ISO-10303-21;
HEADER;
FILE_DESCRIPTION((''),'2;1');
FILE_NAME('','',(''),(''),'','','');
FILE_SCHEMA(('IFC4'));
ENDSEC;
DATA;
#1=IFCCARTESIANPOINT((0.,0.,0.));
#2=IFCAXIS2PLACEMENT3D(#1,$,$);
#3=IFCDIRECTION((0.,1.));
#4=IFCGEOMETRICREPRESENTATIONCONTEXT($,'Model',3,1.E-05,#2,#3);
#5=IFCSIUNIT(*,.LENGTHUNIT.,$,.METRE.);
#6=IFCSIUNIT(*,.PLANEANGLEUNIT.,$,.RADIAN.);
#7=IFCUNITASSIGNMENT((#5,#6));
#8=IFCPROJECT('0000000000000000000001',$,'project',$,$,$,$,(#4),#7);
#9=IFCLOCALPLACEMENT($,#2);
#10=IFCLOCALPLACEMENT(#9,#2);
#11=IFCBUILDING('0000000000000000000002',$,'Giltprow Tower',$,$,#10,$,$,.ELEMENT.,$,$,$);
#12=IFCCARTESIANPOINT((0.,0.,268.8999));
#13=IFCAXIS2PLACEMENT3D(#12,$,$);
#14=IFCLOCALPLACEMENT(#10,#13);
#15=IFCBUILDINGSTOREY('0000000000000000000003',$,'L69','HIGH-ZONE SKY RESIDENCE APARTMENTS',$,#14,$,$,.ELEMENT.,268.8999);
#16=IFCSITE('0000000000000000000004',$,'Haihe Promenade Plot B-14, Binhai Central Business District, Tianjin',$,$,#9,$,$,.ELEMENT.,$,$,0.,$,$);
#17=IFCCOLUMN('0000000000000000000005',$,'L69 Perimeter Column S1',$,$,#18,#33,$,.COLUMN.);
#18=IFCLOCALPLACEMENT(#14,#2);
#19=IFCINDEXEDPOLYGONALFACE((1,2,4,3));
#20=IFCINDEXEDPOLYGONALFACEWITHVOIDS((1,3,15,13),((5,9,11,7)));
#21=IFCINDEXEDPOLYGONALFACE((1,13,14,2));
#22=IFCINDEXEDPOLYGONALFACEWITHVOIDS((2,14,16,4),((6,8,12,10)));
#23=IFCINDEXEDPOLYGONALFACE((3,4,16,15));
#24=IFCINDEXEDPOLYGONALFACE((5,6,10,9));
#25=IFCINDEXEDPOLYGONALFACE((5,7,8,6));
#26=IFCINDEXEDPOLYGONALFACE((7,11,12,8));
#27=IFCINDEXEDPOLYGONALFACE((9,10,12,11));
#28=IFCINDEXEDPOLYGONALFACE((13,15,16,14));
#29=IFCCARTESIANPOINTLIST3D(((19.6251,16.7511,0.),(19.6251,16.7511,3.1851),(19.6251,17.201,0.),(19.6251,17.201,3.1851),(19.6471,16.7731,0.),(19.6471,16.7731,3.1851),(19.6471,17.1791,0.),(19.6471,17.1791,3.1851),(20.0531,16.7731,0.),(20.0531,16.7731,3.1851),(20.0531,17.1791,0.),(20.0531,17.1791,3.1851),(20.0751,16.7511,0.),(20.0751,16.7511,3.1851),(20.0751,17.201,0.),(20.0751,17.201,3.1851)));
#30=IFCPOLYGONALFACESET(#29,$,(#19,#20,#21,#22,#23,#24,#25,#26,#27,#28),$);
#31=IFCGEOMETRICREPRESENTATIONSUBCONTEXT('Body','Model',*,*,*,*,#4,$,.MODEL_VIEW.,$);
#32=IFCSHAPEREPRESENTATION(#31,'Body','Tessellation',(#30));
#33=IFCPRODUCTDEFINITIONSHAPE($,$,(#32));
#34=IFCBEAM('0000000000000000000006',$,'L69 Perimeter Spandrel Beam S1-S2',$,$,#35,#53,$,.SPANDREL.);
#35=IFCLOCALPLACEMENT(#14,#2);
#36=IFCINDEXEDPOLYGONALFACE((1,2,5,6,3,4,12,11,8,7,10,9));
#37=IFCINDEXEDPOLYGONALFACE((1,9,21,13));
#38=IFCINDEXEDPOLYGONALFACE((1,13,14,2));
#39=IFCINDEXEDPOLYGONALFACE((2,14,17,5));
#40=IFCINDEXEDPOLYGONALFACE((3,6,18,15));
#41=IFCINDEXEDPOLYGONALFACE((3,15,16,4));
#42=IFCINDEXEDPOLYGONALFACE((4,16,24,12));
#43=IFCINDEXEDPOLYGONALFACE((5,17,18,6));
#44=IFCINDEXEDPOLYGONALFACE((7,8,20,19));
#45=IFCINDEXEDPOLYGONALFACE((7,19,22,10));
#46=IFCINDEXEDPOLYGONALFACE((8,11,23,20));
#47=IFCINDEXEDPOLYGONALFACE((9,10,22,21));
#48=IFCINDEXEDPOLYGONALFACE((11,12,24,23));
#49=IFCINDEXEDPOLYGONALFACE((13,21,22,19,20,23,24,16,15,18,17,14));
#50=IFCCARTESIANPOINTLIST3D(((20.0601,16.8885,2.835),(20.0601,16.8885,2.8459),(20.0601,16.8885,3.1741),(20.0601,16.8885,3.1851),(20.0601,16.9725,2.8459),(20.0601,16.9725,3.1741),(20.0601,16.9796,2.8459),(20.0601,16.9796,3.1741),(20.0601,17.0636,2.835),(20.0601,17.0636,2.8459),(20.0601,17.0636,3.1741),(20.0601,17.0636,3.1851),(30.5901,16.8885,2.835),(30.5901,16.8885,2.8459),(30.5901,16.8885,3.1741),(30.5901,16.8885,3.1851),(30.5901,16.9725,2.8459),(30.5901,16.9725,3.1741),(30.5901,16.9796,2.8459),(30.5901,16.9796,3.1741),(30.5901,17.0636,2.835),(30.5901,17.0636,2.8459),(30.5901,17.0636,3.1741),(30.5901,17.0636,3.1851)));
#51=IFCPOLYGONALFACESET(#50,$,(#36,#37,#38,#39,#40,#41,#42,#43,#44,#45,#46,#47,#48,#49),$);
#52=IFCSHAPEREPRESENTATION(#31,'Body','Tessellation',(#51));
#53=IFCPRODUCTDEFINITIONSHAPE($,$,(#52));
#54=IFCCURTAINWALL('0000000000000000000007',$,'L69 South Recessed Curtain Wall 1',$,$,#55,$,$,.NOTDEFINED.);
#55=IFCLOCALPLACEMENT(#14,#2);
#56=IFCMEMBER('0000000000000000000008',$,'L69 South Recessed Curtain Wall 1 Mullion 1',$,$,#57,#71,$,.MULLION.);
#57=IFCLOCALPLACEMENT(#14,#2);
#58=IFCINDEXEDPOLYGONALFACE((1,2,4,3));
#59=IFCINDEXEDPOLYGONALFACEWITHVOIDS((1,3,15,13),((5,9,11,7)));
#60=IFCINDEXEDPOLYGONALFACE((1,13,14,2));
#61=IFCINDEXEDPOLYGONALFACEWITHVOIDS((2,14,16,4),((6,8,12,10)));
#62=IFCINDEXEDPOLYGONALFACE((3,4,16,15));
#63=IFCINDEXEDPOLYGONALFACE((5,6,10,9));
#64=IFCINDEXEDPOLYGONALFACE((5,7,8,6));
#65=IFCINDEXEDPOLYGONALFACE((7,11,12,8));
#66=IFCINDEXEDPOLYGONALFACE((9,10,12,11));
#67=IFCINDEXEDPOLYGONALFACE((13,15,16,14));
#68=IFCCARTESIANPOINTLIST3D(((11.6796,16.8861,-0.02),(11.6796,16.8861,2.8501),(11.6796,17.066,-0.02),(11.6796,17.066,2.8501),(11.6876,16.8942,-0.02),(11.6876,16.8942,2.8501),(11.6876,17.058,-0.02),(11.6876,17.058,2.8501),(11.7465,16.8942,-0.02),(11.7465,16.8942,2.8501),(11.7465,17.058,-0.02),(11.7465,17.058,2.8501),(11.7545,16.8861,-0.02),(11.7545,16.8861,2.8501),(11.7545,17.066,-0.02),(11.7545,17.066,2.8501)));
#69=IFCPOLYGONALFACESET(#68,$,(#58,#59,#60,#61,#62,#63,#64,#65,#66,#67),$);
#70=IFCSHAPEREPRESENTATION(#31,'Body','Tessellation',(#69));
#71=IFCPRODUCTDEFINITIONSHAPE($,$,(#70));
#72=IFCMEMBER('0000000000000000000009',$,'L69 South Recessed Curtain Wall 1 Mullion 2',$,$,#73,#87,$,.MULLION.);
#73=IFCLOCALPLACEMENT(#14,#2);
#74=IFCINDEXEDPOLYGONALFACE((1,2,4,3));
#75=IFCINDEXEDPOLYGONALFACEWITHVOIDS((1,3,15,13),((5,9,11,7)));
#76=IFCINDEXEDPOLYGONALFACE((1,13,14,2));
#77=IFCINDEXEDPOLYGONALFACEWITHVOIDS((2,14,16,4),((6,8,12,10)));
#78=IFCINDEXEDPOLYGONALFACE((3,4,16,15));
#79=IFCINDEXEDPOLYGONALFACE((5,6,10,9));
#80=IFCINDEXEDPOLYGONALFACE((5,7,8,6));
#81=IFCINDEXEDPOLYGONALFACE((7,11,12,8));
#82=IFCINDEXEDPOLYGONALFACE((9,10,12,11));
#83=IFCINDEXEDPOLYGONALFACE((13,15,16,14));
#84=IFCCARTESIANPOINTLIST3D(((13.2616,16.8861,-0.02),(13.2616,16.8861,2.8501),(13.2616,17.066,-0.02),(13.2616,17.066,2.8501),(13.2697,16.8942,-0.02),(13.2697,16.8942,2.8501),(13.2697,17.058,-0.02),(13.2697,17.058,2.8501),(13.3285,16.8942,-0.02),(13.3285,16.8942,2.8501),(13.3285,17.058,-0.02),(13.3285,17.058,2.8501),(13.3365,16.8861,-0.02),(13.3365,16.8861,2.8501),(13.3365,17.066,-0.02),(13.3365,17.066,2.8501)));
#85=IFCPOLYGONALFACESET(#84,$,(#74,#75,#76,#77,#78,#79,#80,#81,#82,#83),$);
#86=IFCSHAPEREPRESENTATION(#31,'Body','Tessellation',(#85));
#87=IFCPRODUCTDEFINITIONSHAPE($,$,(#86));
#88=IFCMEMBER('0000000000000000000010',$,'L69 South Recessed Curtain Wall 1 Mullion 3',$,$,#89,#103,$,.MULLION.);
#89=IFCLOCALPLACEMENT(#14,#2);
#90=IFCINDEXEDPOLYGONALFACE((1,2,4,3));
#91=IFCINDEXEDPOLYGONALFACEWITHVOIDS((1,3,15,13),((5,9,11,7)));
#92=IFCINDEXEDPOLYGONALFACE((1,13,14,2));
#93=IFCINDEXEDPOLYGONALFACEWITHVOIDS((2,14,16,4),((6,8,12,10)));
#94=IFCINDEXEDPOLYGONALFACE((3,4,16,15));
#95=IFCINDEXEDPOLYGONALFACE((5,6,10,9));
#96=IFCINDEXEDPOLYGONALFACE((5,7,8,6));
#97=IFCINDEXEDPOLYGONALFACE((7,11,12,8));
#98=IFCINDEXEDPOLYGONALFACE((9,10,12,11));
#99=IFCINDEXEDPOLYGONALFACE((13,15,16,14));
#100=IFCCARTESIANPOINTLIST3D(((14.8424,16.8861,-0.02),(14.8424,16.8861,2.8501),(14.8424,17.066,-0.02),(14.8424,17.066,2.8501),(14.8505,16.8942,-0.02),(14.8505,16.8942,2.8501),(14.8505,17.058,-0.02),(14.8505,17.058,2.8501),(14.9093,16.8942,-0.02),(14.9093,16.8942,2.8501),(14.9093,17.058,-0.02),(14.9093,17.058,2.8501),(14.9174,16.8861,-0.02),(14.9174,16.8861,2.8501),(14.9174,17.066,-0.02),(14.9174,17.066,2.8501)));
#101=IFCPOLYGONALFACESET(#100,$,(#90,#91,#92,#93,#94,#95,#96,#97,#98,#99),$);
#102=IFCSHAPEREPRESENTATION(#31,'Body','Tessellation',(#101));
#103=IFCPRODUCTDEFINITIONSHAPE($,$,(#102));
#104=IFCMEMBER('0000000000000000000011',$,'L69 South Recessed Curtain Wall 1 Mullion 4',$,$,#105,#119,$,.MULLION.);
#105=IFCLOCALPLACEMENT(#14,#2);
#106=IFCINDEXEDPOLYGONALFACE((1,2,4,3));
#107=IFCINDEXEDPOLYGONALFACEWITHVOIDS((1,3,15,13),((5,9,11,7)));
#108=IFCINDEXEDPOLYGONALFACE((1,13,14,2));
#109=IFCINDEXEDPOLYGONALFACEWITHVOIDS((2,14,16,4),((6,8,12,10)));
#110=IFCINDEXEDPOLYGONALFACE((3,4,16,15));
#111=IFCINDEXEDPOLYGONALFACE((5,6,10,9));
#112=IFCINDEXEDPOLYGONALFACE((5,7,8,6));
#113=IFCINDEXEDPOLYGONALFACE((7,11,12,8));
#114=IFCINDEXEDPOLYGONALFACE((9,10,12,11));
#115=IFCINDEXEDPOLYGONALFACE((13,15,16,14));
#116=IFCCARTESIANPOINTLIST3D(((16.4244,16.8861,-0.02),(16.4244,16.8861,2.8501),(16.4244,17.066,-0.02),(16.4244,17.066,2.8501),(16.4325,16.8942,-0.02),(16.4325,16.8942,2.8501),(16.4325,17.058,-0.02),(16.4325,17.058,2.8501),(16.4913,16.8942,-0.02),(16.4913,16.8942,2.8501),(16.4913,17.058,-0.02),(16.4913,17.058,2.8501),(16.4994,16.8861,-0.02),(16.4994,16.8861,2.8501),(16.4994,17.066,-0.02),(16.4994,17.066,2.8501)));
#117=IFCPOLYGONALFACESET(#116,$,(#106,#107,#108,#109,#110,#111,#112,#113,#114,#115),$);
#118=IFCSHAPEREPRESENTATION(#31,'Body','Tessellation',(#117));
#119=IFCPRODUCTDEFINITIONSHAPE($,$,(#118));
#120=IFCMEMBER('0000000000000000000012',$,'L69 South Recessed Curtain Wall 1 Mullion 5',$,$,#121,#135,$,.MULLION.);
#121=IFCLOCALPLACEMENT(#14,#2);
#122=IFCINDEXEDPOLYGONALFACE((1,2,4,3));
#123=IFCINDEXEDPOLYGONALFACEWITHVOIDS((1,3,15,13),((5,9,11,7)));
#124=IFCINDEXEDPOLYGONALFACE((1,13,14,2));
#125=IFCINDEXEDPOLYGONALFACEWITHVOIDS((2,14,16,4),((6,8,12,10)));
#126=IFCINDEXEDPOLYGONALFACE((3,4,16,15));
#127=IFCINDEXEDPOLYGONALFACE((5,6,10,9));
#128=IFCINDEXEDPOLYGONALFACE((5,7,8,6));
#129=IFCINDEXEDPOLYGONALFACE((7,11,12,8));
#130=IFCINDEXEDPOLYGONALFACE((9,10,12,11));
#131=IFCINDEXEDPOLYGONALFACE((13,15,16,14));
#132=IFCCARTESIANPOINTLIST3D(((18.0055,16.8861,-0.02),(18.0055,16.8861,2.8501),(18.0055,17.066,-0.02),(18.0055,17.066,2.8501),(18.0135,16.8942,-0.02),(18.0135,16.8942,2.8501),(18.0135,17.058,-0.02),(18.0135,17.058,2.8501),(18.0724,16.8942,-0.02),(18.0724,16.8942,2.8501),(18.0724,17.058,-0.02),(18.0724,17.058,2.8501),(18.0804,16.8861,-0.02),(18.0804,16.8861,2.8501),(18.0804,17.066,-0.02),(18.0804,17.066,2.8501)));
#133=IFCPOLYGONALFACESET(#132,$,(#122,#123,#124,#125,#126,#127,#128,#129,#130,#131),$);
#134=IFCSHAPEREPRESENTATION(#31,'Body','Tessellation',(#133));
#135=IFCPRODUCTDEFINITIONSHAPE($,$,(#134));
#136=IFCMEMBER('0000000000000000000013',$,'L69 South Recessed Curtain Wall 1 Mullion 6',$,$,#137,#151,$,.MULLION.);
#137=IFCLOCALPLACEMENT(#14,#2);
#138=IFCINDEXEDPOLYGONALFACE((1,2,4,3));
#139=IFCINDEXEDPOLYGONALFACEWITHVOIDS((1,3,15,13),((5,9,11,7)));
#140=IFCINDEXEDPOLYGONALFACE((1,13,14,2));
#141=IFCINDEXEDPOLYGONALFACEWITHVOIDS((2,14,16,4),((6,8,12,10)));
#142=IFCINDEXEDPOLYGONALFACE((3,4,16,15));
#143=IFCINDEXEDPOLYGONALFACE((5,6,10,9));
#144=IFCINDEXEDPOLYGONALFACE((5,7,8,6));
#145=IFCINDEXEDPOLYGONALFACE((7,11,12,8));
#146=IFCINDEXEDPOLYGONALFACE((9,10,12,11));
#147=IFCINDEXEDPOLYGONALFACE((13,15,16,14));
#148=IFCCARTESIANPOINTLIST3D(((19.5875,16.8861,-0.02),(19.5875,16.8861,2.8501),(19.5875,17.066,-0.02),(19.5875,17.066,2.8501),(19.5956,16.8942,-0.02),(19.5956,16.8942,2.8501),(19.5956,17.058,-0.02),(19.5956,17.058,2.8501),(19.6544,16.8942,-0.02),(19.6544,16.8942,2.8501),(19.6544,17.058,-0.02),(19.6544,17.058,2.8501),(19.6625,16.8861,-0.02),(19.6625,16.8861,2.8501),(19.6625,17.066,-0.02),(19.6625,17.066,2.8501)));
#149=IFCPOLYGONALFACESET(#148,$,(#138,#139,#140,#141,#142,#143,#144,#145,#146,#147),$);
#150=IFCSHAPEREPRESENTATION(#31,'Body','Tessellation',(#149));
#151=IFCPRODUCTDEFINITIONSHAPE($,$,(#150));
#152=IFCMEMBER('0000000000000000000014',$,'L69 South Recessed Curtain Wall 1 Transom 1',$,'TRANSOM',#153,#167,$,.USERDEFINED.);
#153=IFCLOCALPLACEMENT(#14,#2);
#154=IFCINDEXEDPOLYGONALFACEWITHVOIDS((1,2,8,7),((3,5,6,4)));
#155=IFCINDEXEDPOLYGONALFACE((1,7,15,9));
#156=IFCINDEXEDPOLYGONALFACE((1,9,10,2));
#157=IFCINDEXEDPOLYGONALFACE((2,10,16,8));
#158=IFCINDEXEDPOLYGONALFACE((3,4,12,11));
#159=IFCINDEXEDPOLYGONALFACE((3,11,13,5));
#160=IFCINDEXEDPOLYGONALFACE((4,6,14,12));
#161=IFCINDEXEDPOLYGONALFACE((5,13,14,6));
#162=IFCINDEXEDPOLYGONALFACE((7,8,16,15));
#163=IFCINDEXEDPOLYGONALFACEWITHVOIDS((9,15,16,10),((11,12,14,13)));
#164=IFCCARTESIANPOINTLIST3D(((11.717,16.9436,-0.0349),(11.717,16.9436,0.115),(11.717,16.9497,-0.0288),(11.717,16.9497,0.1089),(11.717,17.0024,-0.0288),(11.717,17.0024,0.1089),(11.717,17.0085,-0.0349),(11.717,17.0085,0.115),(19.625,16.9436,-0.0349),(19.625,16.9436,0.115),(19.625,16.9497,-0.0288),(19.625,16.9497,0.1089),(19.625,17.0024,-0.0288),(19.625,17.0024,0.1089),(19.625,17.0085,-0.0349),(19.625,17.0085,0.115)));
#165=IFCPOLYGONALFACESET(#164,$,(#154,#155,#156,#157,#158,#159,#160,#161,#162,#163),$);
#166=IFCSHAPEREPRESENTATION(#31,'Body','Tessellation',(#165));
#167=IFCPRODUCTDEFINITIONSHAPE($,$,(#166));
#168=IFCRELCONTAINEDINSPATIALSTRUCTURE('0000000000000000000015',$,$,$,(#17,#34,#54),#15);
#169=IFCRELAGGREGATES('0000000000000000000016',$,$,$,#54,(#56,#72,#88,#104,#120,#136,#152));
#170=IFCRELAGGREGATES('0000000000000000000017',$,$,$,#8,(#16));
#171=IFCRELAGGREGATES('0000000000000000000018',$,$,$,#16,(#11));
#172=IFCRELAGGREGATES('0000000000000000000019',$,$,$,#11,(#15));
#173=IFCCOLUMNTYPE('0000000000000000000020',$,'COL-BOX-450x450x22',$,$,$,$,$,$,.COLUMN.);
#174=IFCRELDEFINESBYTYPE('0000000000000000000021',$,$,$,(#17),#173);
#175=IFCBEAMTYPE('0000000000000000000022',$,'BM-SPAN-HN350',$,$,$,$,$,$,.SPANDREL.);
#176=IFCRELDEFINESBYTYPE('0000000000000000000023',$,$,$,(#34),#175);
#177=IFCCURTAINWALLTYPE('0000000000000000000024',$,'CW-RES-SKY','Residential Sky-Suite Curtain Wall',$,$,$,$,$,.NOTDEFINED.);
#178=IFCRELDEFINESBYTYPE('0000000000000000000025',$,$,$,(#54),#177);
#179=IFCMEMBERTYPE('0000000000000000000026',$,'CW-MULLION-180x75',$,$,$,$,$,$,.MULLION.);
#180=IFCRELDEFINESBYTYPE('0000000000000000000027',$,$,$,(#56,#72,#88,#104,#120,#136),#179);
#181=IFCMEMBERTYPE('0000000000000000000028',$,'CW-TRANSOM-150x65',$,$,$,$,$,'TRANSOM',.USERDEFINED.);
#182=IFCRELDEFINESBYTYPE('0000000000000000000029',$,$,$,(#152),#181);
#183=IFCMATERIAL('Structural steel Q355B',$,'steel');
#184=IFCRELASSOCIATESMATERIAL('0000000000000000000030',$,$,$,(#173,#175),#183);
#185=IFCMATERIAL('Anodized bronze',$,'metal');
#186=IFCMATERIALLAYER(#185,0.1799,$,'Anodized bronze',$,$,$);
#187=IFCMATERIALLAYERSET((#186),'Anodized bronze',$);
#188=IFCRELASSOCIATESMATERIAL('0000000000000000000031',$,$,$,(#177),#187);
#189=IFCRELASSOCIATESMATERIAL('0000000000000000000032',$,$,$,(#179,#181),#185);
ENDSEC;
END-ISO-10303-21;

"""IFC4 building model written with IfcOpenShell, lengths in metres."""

from ifc_helpers import new_model, si_unit, direction, frame, origin, origin_2d, place, context, subcontext, project, spatial, hollow_rectangle, i_section, extrude, source, transform, mapped, material, layer, layer_set, material_profile, profile_set, type_object, element, aggregate, save


model = new_model("IFC4")

# Units and contexts
model_context = context("Model", 3, precision=1e-05, world=origin(), true_north=direction((0.0, 1.0)))
body_context = subcontext(model_context, "Body", "Model", "MODEL_VIEW")
ifc_project = project(units=[si_unit("LENGTHUNIT", "METRE"), si_unit("PLANEANGLEUNIT", "RADIAN")], contexts=[model_context])

# Site, building, storey
site_placement = place(None, origin())
site = spatial("IfcSite", under=ifc_project, at=site_placement, Name="Haihe Promenade Plot B-14, Binhai Central Business District, Tianjin", CompositionType="ELEMENT", RefElevation=0.0)
building_placement = place(site_placement, origin())
building = spatial("IfcBuilding", under=site, at=building_placement, Name="Giltprow Tower", CompositionType="ELEMENT")
storey_placement = place(building_placement, frame((0.0, 0.0, 268.8999)))
storey = spatial("IfcBuildingStorey", under=building, at=storey_placement, Name="L69", Description="HIGH-ZONE SKY RESIDENCE APARTMENTS", CompositionType="ELEMENT", Elevation=268.8999)

# Column
ifc_material_1 = material(Name="Structural steel Q355B", Category="steel")
ifc_material_profile_1 = material_profile(ifc_material_1, hollow_rectangle(XDim=0.45, YDim=0.45, WallThickness=0.022, at=origin_2d()), Name="BOX 450x450x22")
ifc_profile_set_1 = profile_set([ifc_material_profile_1], Name="Structural steel Q355B")
column_type = type_object("IfcColumnType", Name="COL-BOX-450x450x22", PredefinedType="COLUMN", material=ifc_profile_set_1)
shared_shape_1 = source(origin(), body_context, "Body", "SweptSolid", [
    extrude(hollow_rectangle(XDim=0.45, YDim=0.45, WallThickness=0.022, at=origin_2d()), origin(), (0.0, 0.0, 1.0), 3.1851),
])
column_placement = place(storey_placement, frame((19.8501, 16.9761, 0.0), z_axis=(0.0, 0.0, 1.0), x_axis=(1.0, 0.0, 0.0)))
element("IfcColumn", 1, at=column_placement, inside=storey, type_object=column_type, Name="L69 Perimeter Column S1", PredefinedType="COLUMN", context=body_context, shape_type="MappedRepresentation", body=[
    mapped(shared_shape_1, transform((0.0, 0.0, 0.0), x_axis=(1.0, 0.0, 0.0), y_axis=(0.0, 1.0, 0.0), z_axis=(0.0, 0.0, 1.0), scale=1.0)),
])

# Beam
ifc_material_profile_2 = material_profile(ifc_material_1, i_section(OverallWidth=0.175, OverallDepth=0.3501, WebThickness=0.0071, FlangeThickness=0.011, at=origin_2d()), Name="HN 350x175x7x11")
ifc_profile_set_2 = profile_set([ifc_material_profile_2], Name="Structural steel Q355B")
beam_type = type_object("IfcBeamType", Name="BM-SPAN-HN350", PredefinedType="SPANDREL", material=ifc_profile_set_2)
shared_shape_2 = source(origin(), body_context, "Body", "SweptSolid", [
    extrude(i_section(OverallWidth=0.175, OverallDepth=0.3501, WebThickness=0.0071, FlangeThickness=0.011, at=origin_2d()), origin(), (0.0, 0.0, 1.0), 10.53),
])
beam_placement = place(storey_placement, frame((20.0601, 16.9761, 3.01), z_axis=(1.0, 0.0, 0.0), x_axis=(0.0, 1.0, 0.0)))
element("IfcBeam", 2, at=beam_placement, inside=storey, type_object=beam_type, Name="L69 Perimeter Spandrel Beam S1-S2", PredefinedType="SPANDREL", context=body_context, shape_type="MappedRepresentation", body=[
    mapped(shared_shape_2, transform((0.0, 0.0, 0.0), x_axis=(1.0, 0.0, 0.0), y_axis=(0.0, 1.0, 0.0), z_axis=(0.0, 0.0, 1.0), scale=1.0)),
])

# Curtain wall, members
ifc_material_2 = material(Name="Anodized bronze", Category="metal")
ifc_layer_1 = layer(ifc_material_2, 0.1799, Name="Anodized bronze")
ifc_layer_set_1 = layer_set([ifc_layer_1], Name="Anodized bronze")
curtain_wall_type = type_object("IfcCurtainWallType", Name="CW-RES-SKY", Description="Residential Sky-Suite Curtain Wall", PredefinedType="NOTDEFINED", material=ifc_layer_set_1)
curtain_wall_placement = place(storey_placement, origin())
curtain_wall = element("IfcCurtainWall", 3, at=curtain_wall_placement, inside=storey, type_object=curtain_wall_type, Name="L69 South Recessed Curtain Wall 1", PredefinedType="NOTDEFINED")
ifc_material_profile_3 = material_profile(ifc_material_2, hollow_rectangle(XDim=0.075, YDim=0.1799, WallThickness=0.0081, at=origin_2d()), Name="RHS 180x75x8")
ifc_profile_set_3 = profile_set([ifc_material_profile_3], Name="Anodized bronze")
member_type_1 = type_object("IfcMemberType", Name="CW-MULLION-180x75", PredefinedType="MULLION", material=ifc_profile_set_3)
shared_shape_3 = source(origin(), body_context, "Body", "SweptSolid", [
    extrude(hollow_rectangle(XDim=0.075, YDim=0.1799, WallThickness=0.0081, at=origin_2d()), origin(), (0.0, 0.0, 1.0), 2.8701),
])
member_1_placement = place(storey_placement, frame((11.717, 16.9761, -0.02), z_axis=(0.0, 0.0, 1.0), x_axis=(1.0, 0.0, 0.0)))
member_1 = element("IfcMember", 4, at=member_1_placement, type_object=member_type_1, Name="L69 South Recessed Curtain Wall 1 Mullion 1", PredefinedType="MULLION", context=body_context, shape_type="MappedRepresentation", body=[
    mapped(shared_shape_3, transform((0.0, 0.0, 0.0), x_axis=(1.0, 0.0, 0.0), y_axis=(0.0, 1.0, 0.0), z_axis=(0.0, 0.0, 1.0), scale=1.0)),
])
member_2_placement = place(storey_placement, frame((13.2991, 16.9761, -0.02), z_axis=(0.0, 0.0, 1.0), x_axis=(1.0, 0.0, 0.0)))
member_2 = element("IfcMember", 5, at=member_2_placement, type_object=member_type_1, Name="L69 South Recessed Curtain Wall 1 Mullion 2", PredefinedType="MULLION", context=body_context, shape_type="MappedRepresentation", body=[
    mapped(shared_shape_3, transform((0.0, 0.0, 0.0), x_axis=(1.0, 0.0, 0.0), y_axis=(0.0, 1.0, 0.0), z_axis=(0.0, 0.0, 1.0), scale=1.0)),
])
member_3_placement = place(storey_placement, frame((14.8799, 16.9761, -0.02), z_axis=(0.0, 0.0, 1.0), x_axis=(1.0, 0.0, 0.0)))
member_3 = element("IfcMember", 6, at=member_3_placement, type_object=member_type_1, Name="L69 South Recessed Curtain Wall 1 Mullion 3", PredefinedType="MULLION", context=body_context, shape_type="MappedRepresentation", body=[
    mapped(shared_shape_3, transform((0.0, 0.0, 0.0), x_axis=(1.0, 0.0, 0.0), y_axis=(0.0, 1.0, 0.0), z_axis=(0.0, 0.0, 1.0), scale=1.0)),
])
member_4_placement = place(storey_placement, frame((16.4619, 16.9761, -0.02), z_axis=(0.0, 0.0, 1.0), x_axis=(1.0, 0.0, 0.0)))
member_4 = element("IfcMember", 7, at=member_4_placement, type_object=member_type_1, Name="L69 South Recessed Curtain Wall 1 Mullion 4", PredefinedType="MULLION", context=body_context, shape_type="MappedRepresentation", body=[
    mapped(shared_shape_3, transform((0.0, 0.0, 0.0), x_axis=(1.0, 0.0, 0.0), y_axis=(0.0, 1.0, 0.0), z_axis=(0.0, 0.0, 1.0), scale=1.0)),
])
member_5_placement = place(storey_placement, frame((18.043, 16.9761, -0.02), z_axis=(0.0, 0.0, 1.0), x_axis=(1.0, 0.0, 0.0)))
member_5 = element("IfcMember", 8, at=member_5_placement, type_object=member_type_1, Name="L69 South Recessed Curtain Wall 1 Mullion 5", PredefinedType="MULLION", context=body_context, shape_type="MappedRepresentation", body=[
    mapped(shared_shape_3, transform((0.0, 0.0, 0.0), x_axis=(1.0, 0.0, 0.0), y_axis=(0.0, 1.0, 0.0), z_axis=(0.0, 0.0, 1.0), scale=1.0)),
])
member_6_placement = place(storey_placement, frame((19.625, 16.9761, -0.02), z_axis=(0.0, 0.0, 1.0), x_axis=(1.0, 0.0, 0.0)))
member_6 = element("IfcMember", 9, at=member_6_placement, type_object=member_type_1, Name="L69 South Recessed Curtain Wall 1 Mullion 6", PredefinedType="MULLION", context=body_context, shape_type="MappedRepresentation", body=[
    mapped(shared_shape_3, transform((0.0, 0.0, 0.0), x_axis=(1.0, 0.0, 0.0), y_axis=(0.0, 1.0, 0.0), z_axis=(0.0, 0.0, 1.0), scale=1.0)),
])
ifc_material_profile_4 = material_profile(ifc_material_2, hollow_rectangle(XDim=0.0649, YDim=0.1499, WallThickness=0.0061, at=origin_2d()), Name="RHS 150x65x6")
ifc_profile_set_4 = profile_set([ifc_material_profile_4], Name="Anodized bronze")
member_type_2 = type_object("IfcMemberType", Name="CW-TRANSOM-150x65", ElementType="TRANSOM", PredefinedType="USERDEFINED", material=ifc_profile_set_4)
shared_shape_4 = source(origin(), body_context, "Body", "SweptSolid", [
    extrude(hollow_rectangle(XDim=0.0649, YDim=0.1499, WallThickness=0.0061, at=origin_2d()), origin(), (0.0, 0.0, 1.0), 7.908),
])
member_7_placement = place(storey_placement, frame((11.717, 16.9761, 0.04), z_axis=(1.0, 0.0, 0.0), x_axis=(0.0, 1.0, 0.0)))
member_7 = element("IfcMember", 10, at=member_7_placement, type_object=member_type_2, Name="L69 South Recessed Curtain Wall 1 Transom 1", ObjectType="TRANSOM", PredefinedType="USERDEFINED", context=body_context, shape_type="MappedRepresentation", body=[
    mapped(shared_shape_4, transform((0.0, 0.0, 0.0), x_axis=(1.0, 0.0, 0.0), y_axis=(0.0, 1.0, 0.0), z_axis=(0.0, 0.0, 1.0), scale=1.0)),
])

aggregate(curtain_wall, [member_1, member_2, member_3, member_4, member_5, member_6, member_7])

save(model, "model.ifc")
